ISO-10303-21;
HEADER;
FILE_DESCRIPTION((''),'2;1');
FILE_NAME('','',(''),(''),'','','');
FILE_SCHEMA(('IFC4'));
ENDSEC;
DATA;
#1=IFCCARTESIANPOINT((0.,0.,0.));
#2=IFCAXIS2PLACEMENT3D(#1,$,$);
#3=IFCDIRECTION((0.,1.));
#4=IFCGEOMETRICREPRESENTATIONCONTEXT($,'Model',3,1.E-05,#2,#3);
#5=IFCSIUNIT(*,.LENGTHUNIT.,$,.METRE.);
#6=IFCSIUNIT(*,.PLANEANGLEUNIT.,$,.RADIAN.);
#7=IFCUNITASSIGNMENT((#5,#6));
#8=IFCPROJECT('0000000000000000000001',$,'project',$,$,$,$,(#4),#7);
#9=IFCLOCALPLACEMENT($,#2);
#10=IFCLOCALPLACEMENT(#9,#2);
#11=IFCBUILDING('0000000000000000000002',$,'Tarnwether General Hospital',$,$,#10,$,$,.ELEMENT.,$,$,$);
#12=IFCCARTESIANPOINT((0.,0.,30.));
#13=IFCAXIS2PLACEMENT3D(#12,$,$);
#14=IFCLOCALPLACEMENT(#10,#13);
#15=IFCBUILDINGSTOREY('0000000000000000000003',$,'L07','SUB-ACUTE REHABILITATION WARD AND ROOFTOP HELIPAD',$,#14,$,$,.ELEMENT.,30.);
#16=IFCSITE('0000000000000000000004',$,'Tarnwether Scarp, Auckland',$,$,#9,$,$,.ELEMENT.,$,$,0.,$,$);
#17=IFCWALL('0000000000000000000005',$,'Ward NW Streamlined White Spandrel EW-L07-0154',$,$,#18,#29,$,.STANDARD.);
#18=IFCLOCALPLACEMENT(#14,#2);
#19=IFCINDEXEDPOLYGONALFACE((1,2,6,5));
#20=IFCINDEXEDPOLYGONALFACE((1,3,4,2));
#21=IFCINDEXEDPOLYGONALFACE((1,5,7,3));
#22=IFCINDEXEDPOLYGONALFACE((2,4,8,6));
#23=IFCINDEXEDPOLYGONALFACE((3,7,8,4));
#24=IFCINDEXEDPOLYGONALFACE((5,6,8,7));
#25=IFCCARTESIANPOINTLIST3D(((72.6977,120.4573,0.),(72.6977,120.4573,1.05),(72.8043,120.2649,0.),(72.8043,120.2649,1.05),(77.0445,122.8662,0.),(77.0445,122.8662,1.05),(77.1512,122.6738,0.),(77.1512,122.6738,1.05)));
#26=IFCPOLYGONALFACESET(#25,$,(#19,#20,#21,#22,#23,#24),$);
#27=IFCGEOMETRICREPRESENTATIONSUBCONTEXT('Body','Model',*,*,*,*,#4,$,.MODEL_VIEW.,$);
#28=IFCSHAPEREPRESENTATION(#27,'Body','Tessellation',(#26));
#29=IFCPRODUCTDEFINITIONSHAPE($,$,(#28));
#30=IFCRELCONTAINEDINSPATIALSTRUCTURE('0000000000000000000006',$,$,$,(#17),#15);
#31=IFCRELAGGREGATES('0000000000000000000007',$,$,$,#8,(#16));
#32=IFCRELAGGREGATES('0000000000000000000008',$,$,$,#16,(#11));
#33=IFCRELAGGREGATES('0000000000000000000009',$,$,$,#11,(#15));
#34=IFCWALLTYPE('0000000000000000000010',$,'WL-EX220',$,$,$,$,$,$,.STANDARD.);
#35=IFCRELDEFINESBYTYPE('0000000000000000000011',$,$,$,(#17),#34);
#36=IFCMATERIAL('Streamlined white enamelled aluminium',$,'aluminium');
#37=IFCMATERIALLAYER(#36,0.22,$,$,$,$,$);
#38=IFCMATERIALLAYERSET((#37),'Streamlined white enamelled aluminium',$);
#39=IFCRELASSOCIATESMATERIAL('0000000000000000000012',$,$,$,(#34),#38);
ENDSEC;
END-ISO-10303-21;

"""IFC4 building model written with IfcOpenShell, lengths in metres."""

from ifc_helpers import new_model, si_unit, direction, frame, frame_2d, origin, place, context, subcontext, project, spatial, rectangle, extrude, material, layer, layer_set, type_object, element, save


model = new_model("IFC4")

# Units and contexts
model_context = context("Model", 3, precision=1e-05, world=origin(), true_north=direction((0.0, 1.0)))
body_context = subcontext(model_context, "Body", "Model", "MODEL_VIEW")
ifc_project = project(units=[si_unit("LENGTHUNIT", "METRE"), si_unit("PLANEANGLEUNIT", "RADIAN")], contexts=[model_context])

# Site, building, storey
site_placement = place(None, origin())
site = spatial("IfcSite", under=ifc_project, at=site_placement, Name="Tarnwether Scarp, Auckland", CompositionType="ELEMENT", RefElevation=0.0)
building_placement = place(site_placement, origin())
building = spatial("IfcBuilding", under=site, at=building_placement, Name="Tarnwether General Hospital", CompositionType="ELEMENT")
storey_placement = place(building_placement, frame((0.0, 0.0, 30.0)))
storey = spatial("IfcBuildingStorey", under=building, at=storey_placement, Name="L07", Description="SUB-ACUTE REHABILITATION WARD AND ROOFTOP HELIPAD", CompositionType="ELEMENT", Elevation=30.0)

# Wall
ifc_material_1 = material(Name="Streamlined white enamelled aluminium", Category="aluminium")
ifc_layer_1 = layer(ifc_material_1, 0.22)
ifc_layer_set_1 = layer_set([ifc_layer_1], Name="Streamlined white enamelled aluminium")
wall_type = type_object("IfcWallType", Name="WL-EX220", PredefinedType="STANDARD", material=ifc_layer_set_1)
wall_placement = place(storey_placement, frame((72.751, 120.3611, 0.0), z_axis=(0.0, 0.0, 1.0), x_axis=(0.874671, 0.484717, 0.0)))
element("IfcWall", 1, at=wall_placement, inside=storey, type_object=wall_type, Name="Ward NW Streamlined White Spandrel EW-L07-0154", PredefinedType="STANDARD", context=body_context, shape_type="SweptSolid", body=[
    extrude(rectangle(XDim=4.9697, YDim=0.22, at=frame_2d((2.4849, 0.0))), origin(), (0.0, 0.0, 1.0), 1.05),
])

save(model, "model.ifc")
